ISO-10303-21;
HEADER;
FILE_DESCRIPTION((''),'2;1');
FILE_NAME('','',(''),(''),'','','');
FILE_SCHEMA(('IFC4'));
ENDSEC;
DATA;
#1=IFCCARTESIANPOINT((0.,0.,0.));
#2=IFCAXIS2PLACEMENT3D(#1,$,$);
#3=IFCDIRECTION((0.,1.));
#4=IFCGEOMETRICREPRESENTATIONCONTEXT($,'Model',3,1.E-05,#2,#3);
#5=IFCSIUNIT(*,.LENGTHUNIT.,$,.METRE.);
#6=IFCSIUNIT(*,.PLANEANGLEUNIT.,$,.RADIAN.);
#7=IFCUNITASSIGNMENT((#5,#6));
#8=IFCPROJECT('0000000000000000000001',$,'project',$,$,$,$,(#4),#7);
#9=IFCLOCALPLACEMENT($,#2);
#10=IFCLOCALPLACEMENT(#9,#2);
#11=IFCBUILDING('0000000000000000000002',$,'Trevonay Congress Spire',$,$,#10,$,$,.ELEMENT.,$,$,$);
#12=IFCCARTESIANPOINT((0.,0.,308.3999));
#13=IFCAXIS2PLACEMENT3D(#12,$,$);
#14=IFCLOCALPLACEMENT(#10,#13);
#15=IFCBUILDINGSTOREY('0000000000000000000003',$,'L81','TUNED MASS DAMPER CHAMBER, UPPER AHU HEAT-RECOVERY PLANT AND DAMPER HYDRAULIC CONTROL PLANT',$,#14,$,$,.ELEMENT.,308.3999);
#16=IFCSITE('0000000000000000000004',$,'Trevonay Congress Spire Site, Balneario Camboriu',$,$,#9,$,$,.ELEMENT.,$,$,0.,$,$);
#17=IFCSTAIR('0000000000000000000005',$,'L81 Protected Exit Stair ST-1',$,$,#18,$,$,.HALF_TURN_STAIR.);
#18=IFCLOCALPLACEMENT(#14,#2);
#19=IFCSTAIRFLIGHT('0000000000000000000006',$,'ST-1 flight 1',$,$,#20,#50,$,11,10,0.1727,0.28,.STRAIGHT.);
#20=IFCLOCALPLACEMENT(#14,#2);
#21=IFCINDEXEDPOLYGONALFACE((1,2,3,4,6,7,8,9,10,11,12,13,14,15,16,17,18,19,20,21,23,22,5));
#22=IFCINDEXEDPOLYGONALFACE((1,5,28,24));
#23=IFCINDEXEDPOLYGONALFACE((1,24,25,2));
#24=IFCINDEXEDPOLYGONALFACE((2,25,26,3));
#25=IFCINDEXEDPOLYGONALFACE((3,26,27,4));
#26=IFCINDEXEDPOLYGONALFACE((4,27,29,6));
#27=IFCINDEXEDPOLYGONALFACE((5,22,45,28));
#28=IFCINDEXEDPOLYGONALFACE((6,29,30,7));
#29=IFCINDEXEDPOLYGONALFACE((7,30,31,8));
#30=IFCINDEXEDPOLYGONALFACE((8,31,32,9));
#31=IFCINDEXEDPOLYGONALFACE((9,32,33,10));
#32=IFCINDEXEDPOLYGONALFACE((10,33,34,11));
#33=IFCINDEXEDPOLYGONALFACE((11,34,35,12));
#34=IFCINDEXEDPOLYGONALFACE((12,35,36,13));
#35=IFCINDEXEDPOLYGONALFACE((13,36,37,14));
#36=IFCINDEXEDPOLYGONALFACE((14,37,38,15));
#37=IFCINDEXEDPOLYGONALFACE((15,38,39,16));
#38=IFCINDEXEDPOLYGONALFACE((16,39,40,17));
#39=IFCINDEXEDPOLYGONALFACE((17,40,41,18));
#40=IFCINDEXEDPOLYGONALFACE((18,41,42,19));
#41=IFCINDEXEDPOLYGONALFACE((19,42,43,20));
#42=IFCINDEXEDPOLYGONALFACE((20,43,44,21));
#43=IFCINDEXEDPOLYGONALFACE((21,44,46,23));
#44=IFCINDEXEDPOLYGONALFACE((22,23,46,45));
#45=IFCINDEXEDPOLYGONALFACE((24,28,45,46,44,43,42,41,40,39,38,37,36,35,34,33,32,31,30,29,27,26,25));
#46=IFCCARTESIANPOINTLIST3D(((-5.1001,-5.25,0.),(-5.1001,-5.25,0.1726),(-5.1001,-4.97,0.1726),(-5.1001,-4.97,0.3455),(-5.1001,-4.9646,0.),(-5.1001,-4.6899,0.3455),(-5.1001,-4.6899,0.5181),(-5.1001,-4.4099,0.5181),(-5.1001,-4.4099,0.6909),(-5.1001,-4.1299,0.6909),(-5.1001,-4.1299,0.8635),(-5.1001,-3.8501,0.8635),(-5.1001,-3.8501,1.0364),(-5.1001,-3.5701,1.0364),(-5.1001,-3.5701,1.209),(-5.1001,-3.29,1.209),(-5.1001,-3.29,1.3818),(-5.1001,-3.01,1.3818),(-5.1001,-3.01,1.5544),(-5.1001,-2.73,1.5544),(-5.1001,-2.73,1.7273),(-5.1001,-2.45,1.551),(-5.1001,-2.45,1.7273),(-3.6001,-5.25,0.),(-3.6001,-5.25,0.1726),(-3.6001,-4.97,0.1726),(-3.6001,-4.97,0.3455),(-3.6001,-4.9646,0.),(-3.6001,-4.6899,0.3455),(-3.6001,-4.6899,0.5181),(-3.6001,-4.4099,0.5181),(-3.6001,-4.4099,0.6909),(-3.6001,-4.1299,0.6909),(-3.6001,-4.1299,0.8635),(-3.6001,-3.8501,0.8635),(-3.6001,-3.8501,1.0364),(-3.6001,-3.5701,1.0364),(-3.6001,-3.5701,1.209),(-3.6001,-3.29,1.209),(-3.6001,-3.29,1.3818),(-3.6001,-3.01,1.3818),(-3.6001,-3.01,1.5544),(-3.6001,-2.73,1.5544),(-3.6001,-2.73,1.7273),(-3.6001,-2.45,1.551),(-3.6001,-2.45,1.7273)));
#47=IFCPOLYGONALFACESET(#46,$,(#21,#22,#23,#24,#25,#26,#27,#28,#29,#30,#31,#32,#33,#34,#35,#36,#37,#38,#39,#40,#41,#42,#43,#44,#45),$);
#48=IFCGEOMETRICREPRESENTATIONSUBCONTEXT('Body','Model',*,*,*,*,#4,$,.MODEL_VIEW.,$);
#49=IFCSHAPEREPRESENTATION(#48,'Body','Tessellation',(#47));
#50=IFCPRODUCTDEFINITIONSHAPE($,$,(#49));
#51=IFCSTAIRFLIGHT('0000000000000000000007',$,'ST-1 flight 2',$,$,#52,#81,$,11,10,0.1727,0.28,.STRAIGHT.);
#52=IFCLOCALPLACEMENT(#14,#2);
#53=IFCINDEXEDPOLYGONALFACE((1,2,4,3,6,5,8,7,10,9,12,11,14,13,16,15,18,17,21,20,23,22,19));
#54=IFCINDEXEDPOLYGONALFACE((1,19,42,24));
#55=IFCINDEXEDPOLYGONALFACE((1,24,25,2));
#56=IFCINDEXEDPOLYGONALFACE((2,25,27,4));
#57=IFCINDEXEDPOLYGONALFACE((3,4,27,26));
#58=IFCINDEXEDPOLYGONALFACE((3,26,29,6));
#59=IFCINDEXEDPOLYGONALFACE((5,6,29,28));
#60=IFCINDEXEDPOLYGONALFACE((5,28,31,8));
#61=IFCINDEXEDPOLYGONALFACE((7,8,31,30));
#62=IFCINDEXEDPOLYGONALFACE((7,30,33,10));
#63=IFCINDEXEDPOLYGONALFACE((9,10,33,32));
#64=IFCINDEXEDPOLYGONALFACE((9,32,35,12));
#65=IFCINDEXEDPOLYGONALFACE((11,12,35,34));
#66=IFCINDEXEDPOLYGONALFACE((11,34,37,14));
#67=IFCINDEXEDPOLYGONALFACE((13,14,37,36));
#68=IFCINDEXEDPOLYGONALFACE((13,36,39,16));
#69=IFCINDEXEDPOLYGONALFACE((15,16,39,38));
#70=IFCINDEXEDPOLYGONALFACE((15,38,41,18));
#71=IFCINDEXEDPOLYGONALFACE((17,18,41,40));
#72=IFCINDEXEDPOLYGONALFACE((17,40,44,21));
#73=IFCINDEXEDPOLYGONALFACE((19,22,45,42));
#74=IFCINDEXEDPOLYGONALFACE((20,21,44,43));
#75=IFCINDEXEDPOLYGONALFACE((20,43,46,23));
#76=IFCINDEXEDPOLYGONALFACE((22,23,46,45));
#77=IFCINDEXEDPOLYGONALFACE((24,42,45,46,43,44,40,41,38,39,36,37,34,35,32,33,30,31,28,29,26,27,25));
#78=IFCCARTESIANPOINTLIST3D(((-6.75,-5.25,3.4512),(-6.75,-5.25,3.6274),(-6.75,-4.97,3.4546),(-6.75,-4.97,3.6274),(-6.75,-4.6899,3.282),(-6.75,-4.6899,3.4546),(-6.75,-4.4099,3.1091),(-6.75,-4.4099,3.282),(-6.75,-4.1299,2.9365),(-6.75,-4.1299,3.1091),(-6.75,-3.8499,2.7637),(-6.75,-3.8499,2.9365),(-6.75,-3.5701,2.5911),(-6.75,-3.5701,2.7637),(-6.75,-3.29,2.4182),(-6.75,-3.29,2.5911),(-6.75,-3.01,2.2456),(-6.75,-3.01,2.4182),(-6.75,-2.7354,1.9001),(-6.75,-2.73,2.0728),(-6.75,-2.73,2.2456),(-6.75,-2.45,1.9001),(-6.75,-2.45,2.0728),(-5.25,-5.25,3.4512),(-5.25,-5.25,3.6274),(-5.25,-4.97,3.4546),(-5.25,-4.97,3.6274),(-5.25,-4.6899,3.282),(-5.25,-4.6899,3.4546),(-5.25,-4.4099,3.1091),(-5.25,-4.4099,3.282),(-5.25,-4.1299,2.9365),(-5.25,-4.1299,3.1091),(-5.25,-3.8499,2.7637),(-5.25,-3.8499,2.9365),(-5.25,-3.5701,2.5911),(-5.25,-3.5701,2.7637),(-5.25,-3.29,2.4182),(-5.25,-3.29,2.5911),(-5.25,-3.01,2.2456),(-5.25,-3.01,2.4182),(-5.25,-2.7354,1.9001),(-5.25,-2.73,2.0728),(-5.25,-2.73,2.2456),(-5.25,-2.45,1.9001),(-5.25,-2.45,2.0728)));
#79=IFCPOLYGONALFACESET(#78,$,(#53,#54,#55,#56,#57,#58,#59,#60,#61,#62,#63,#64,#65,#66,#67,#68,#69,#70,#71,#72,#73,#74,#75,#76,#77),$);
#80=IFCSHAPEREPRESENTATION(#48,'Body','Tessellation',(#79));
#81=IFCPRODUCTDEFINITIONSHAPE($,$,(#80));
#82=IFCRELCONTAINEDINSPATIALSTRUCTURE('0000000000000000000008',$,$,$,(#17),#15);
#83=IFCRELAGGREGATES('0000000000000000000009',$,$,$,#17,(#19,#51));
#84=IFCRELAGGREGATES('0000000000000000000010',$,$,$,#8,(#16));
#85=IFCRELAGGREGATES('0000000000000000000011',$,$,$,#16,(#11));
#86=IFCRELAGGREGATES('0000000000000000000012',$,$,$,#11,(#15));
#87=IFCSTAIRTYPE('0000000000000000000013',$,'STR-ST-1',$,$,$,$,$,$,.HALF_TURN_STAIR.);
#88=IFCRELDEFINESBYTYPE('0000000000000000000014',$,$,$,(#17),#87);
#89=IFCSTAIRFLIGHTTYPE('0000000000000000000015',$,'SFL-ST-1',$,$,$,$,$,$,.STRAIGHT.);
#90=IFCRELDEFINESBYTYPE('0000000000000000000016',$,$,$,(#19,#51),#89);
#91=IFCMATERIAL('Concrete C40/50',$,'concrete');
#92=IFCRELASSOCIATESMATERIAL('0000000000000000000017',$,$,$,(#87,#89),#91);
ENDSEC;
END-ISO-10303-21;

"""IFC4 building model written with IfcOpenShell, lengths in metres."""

from ifc_helpers import new_model, si_unit, direction, frame, origin, place, context, subcontext, project, spatial, polyline, outline, extrude, material, type_object, element, aggregate, save


model = new_model("IFC4")

# Units and contexts
model_context = context("Model", 3, precision=1e-05, world=origin(), true_north=direction((0.0, 1.0)))
body_context = subcontext(model_context, "Body", "Model", "MODEL_VIEW")
ifc_project = project(units=[si_unit("LENGTHUNIT", "METRE"), si_unit("PLANEANGLEUNIT", "RADIAN")], contexts=[model_context])

# Site, building, storey
site_placement = place(None, origin())
site = spatial("IfcSite", under=ifc_project, at=site_placement, Name="Trevonay Congress Spire Site, Balneario Camboriu", CompositionType="ELEMENT", RefElevation=0.0)
building_placement = place(site_placement, origin())
building = spatial("IfcBuilding", under=site, at=building_placement, Name="Trevonay Congress Spire", CompositionType="ELEMENT")
storey_placement = place(building_placement, frame((0.0, 0.0, 308.3999)))
storey = spatial("IfcBuildingStorey", under=building, at=storey_placement, Name="L81", Description="TUNED MASS DAMPER CHAMBER, UPPER AHU HEAT-RECOVERY PLANT AND DAMPER HYDRAULIC CONTROL PLANT", CompositionType="ELEMENT", Elevation=308.3999)

# Shared definitions
ifc_material_1 = material(Name="Concrete C40/50", Category="concrete")

# Stair, stair flights
stair_type = type_object("IfcStairType", Name="STR-ST-1", PredefinedType="HALF_TURN_STAIR", material=ifc_material_1)
stair_placement = place(storey_placement, origin())
stair = element("IfcStair", 1, at=stair_placement, inside=storey, type_object=stair_type, Name="L81 Protected Exit Stair ST-1", PredefinedType="HALF_TURN_STAIR")
stair_flight_type = type_object("IfcStairFlightType", Name="SFL-ST-1", PredefinedType="STRAIGHT", material=ifc_material_1)
stair_flight_1_placement = place(storey_placement, frame((-4.3501, -5.25, 0.0), z_axis=(0.0, 0.0, 1.0), x_axis=(0.0, 1.0, 0.0)))
stair_flight_1 = element("IfcStairFlight", 2, at=stair_flight_1_placement, type_object=stair_flight_type, Name="ST-1 flight 1", NumberOfRisers=11, NumberOfTreads=10, PredefinedType="STRAIGHT", RiserHeight=0.1727, TreadLength=0.28, context=body_context, shape_type="SweptSolid", body=[
    extrude(outline(polyline([(0.0, 0.0), (0.0, 0.1726), (0.28, 0.1726), (0.28, 0.3455), (0.5601, 0.3455), (0.5601, 0.5181), (0.8401, 0.5181), (0.8401, 0.6909), (1.1201, 0.6909), (1.1201, 0.8635), (1.3999, 0.8635), (1.3999, 1.0364), (1.6799, 1.0364), (1.6799, 1.209), (1.96, 1.209), (1.96, 1.3818), (2.24, 1.3818), (2.24, 1.5544), (2.52, 1.5544), (2.52, 1.7273), (2.8, 1.7273), (2.8, 1.8999), (2.8, 1.551), (0.2854, 0.0), (0.0, 0.0)])), frame((0.0, 0.75, 0.0), z_axis=(0.0, -1.0, 0.0), x_axis=(1.0, 0.0, 0.0)), (0.0, 0.0, 1.0), 1.5),
])
stair_flight_2_placement = place(storey_placement, frame((-6.0, -2.45, 1.9001), z_axis=(0.0, 0.0, 1.0), x_axis=(0.0, -1.0, 0.0)))
stair_flight_2 = element("IfcStairFlight", 3, at=stair_flight_2_placement, type_object=stair_flight_type, Name="ST-1 flight 2", NumberOfRisers=11, NumberOfTreads=10, PredefinedType="STRAIGHT", RiserHeight=0.1727, TreadLength=0.28, context=body_context, shape_type="SweptSolid", body=[
    extrude(outline(polyline([(0.0, 0.0), (0.0, 0.1726), (0.28, 0.1726), (0.28, 0.3455), (0.5601, 0.3455), (0.5601, 0.5181), (0.8401, 0.5181), (0.8401, 0.6909), (1.1201, 0.6909), (1.1201, 0.8635), (1.3999, 0.8635), (1.3999, 1.0364), (1.6799, 1.0364), (1.6799, 1.209), (1.96, 1.209), (1.96, 1.3818), (2.24, 1.3818), (2.24, 1.5544), (2.52, 1.5544), (2.52, 1.7273), (2.8, 1.7273), (2.8, 1.8999), (2.8, 1.551), (0.2854, 0.0), (0.0, 0.0)])), frame((0.0, 0.75, 0.0), z_axis=(0.0, -1.0, 0.0), x_axis=(1.0, 0.0, 0.0)), (0.0, 0.0, 1.0), 1.5),
])
aggregate(stair, [stair_flight_1, stair_flight_2])

save(model, "model.ifc")
